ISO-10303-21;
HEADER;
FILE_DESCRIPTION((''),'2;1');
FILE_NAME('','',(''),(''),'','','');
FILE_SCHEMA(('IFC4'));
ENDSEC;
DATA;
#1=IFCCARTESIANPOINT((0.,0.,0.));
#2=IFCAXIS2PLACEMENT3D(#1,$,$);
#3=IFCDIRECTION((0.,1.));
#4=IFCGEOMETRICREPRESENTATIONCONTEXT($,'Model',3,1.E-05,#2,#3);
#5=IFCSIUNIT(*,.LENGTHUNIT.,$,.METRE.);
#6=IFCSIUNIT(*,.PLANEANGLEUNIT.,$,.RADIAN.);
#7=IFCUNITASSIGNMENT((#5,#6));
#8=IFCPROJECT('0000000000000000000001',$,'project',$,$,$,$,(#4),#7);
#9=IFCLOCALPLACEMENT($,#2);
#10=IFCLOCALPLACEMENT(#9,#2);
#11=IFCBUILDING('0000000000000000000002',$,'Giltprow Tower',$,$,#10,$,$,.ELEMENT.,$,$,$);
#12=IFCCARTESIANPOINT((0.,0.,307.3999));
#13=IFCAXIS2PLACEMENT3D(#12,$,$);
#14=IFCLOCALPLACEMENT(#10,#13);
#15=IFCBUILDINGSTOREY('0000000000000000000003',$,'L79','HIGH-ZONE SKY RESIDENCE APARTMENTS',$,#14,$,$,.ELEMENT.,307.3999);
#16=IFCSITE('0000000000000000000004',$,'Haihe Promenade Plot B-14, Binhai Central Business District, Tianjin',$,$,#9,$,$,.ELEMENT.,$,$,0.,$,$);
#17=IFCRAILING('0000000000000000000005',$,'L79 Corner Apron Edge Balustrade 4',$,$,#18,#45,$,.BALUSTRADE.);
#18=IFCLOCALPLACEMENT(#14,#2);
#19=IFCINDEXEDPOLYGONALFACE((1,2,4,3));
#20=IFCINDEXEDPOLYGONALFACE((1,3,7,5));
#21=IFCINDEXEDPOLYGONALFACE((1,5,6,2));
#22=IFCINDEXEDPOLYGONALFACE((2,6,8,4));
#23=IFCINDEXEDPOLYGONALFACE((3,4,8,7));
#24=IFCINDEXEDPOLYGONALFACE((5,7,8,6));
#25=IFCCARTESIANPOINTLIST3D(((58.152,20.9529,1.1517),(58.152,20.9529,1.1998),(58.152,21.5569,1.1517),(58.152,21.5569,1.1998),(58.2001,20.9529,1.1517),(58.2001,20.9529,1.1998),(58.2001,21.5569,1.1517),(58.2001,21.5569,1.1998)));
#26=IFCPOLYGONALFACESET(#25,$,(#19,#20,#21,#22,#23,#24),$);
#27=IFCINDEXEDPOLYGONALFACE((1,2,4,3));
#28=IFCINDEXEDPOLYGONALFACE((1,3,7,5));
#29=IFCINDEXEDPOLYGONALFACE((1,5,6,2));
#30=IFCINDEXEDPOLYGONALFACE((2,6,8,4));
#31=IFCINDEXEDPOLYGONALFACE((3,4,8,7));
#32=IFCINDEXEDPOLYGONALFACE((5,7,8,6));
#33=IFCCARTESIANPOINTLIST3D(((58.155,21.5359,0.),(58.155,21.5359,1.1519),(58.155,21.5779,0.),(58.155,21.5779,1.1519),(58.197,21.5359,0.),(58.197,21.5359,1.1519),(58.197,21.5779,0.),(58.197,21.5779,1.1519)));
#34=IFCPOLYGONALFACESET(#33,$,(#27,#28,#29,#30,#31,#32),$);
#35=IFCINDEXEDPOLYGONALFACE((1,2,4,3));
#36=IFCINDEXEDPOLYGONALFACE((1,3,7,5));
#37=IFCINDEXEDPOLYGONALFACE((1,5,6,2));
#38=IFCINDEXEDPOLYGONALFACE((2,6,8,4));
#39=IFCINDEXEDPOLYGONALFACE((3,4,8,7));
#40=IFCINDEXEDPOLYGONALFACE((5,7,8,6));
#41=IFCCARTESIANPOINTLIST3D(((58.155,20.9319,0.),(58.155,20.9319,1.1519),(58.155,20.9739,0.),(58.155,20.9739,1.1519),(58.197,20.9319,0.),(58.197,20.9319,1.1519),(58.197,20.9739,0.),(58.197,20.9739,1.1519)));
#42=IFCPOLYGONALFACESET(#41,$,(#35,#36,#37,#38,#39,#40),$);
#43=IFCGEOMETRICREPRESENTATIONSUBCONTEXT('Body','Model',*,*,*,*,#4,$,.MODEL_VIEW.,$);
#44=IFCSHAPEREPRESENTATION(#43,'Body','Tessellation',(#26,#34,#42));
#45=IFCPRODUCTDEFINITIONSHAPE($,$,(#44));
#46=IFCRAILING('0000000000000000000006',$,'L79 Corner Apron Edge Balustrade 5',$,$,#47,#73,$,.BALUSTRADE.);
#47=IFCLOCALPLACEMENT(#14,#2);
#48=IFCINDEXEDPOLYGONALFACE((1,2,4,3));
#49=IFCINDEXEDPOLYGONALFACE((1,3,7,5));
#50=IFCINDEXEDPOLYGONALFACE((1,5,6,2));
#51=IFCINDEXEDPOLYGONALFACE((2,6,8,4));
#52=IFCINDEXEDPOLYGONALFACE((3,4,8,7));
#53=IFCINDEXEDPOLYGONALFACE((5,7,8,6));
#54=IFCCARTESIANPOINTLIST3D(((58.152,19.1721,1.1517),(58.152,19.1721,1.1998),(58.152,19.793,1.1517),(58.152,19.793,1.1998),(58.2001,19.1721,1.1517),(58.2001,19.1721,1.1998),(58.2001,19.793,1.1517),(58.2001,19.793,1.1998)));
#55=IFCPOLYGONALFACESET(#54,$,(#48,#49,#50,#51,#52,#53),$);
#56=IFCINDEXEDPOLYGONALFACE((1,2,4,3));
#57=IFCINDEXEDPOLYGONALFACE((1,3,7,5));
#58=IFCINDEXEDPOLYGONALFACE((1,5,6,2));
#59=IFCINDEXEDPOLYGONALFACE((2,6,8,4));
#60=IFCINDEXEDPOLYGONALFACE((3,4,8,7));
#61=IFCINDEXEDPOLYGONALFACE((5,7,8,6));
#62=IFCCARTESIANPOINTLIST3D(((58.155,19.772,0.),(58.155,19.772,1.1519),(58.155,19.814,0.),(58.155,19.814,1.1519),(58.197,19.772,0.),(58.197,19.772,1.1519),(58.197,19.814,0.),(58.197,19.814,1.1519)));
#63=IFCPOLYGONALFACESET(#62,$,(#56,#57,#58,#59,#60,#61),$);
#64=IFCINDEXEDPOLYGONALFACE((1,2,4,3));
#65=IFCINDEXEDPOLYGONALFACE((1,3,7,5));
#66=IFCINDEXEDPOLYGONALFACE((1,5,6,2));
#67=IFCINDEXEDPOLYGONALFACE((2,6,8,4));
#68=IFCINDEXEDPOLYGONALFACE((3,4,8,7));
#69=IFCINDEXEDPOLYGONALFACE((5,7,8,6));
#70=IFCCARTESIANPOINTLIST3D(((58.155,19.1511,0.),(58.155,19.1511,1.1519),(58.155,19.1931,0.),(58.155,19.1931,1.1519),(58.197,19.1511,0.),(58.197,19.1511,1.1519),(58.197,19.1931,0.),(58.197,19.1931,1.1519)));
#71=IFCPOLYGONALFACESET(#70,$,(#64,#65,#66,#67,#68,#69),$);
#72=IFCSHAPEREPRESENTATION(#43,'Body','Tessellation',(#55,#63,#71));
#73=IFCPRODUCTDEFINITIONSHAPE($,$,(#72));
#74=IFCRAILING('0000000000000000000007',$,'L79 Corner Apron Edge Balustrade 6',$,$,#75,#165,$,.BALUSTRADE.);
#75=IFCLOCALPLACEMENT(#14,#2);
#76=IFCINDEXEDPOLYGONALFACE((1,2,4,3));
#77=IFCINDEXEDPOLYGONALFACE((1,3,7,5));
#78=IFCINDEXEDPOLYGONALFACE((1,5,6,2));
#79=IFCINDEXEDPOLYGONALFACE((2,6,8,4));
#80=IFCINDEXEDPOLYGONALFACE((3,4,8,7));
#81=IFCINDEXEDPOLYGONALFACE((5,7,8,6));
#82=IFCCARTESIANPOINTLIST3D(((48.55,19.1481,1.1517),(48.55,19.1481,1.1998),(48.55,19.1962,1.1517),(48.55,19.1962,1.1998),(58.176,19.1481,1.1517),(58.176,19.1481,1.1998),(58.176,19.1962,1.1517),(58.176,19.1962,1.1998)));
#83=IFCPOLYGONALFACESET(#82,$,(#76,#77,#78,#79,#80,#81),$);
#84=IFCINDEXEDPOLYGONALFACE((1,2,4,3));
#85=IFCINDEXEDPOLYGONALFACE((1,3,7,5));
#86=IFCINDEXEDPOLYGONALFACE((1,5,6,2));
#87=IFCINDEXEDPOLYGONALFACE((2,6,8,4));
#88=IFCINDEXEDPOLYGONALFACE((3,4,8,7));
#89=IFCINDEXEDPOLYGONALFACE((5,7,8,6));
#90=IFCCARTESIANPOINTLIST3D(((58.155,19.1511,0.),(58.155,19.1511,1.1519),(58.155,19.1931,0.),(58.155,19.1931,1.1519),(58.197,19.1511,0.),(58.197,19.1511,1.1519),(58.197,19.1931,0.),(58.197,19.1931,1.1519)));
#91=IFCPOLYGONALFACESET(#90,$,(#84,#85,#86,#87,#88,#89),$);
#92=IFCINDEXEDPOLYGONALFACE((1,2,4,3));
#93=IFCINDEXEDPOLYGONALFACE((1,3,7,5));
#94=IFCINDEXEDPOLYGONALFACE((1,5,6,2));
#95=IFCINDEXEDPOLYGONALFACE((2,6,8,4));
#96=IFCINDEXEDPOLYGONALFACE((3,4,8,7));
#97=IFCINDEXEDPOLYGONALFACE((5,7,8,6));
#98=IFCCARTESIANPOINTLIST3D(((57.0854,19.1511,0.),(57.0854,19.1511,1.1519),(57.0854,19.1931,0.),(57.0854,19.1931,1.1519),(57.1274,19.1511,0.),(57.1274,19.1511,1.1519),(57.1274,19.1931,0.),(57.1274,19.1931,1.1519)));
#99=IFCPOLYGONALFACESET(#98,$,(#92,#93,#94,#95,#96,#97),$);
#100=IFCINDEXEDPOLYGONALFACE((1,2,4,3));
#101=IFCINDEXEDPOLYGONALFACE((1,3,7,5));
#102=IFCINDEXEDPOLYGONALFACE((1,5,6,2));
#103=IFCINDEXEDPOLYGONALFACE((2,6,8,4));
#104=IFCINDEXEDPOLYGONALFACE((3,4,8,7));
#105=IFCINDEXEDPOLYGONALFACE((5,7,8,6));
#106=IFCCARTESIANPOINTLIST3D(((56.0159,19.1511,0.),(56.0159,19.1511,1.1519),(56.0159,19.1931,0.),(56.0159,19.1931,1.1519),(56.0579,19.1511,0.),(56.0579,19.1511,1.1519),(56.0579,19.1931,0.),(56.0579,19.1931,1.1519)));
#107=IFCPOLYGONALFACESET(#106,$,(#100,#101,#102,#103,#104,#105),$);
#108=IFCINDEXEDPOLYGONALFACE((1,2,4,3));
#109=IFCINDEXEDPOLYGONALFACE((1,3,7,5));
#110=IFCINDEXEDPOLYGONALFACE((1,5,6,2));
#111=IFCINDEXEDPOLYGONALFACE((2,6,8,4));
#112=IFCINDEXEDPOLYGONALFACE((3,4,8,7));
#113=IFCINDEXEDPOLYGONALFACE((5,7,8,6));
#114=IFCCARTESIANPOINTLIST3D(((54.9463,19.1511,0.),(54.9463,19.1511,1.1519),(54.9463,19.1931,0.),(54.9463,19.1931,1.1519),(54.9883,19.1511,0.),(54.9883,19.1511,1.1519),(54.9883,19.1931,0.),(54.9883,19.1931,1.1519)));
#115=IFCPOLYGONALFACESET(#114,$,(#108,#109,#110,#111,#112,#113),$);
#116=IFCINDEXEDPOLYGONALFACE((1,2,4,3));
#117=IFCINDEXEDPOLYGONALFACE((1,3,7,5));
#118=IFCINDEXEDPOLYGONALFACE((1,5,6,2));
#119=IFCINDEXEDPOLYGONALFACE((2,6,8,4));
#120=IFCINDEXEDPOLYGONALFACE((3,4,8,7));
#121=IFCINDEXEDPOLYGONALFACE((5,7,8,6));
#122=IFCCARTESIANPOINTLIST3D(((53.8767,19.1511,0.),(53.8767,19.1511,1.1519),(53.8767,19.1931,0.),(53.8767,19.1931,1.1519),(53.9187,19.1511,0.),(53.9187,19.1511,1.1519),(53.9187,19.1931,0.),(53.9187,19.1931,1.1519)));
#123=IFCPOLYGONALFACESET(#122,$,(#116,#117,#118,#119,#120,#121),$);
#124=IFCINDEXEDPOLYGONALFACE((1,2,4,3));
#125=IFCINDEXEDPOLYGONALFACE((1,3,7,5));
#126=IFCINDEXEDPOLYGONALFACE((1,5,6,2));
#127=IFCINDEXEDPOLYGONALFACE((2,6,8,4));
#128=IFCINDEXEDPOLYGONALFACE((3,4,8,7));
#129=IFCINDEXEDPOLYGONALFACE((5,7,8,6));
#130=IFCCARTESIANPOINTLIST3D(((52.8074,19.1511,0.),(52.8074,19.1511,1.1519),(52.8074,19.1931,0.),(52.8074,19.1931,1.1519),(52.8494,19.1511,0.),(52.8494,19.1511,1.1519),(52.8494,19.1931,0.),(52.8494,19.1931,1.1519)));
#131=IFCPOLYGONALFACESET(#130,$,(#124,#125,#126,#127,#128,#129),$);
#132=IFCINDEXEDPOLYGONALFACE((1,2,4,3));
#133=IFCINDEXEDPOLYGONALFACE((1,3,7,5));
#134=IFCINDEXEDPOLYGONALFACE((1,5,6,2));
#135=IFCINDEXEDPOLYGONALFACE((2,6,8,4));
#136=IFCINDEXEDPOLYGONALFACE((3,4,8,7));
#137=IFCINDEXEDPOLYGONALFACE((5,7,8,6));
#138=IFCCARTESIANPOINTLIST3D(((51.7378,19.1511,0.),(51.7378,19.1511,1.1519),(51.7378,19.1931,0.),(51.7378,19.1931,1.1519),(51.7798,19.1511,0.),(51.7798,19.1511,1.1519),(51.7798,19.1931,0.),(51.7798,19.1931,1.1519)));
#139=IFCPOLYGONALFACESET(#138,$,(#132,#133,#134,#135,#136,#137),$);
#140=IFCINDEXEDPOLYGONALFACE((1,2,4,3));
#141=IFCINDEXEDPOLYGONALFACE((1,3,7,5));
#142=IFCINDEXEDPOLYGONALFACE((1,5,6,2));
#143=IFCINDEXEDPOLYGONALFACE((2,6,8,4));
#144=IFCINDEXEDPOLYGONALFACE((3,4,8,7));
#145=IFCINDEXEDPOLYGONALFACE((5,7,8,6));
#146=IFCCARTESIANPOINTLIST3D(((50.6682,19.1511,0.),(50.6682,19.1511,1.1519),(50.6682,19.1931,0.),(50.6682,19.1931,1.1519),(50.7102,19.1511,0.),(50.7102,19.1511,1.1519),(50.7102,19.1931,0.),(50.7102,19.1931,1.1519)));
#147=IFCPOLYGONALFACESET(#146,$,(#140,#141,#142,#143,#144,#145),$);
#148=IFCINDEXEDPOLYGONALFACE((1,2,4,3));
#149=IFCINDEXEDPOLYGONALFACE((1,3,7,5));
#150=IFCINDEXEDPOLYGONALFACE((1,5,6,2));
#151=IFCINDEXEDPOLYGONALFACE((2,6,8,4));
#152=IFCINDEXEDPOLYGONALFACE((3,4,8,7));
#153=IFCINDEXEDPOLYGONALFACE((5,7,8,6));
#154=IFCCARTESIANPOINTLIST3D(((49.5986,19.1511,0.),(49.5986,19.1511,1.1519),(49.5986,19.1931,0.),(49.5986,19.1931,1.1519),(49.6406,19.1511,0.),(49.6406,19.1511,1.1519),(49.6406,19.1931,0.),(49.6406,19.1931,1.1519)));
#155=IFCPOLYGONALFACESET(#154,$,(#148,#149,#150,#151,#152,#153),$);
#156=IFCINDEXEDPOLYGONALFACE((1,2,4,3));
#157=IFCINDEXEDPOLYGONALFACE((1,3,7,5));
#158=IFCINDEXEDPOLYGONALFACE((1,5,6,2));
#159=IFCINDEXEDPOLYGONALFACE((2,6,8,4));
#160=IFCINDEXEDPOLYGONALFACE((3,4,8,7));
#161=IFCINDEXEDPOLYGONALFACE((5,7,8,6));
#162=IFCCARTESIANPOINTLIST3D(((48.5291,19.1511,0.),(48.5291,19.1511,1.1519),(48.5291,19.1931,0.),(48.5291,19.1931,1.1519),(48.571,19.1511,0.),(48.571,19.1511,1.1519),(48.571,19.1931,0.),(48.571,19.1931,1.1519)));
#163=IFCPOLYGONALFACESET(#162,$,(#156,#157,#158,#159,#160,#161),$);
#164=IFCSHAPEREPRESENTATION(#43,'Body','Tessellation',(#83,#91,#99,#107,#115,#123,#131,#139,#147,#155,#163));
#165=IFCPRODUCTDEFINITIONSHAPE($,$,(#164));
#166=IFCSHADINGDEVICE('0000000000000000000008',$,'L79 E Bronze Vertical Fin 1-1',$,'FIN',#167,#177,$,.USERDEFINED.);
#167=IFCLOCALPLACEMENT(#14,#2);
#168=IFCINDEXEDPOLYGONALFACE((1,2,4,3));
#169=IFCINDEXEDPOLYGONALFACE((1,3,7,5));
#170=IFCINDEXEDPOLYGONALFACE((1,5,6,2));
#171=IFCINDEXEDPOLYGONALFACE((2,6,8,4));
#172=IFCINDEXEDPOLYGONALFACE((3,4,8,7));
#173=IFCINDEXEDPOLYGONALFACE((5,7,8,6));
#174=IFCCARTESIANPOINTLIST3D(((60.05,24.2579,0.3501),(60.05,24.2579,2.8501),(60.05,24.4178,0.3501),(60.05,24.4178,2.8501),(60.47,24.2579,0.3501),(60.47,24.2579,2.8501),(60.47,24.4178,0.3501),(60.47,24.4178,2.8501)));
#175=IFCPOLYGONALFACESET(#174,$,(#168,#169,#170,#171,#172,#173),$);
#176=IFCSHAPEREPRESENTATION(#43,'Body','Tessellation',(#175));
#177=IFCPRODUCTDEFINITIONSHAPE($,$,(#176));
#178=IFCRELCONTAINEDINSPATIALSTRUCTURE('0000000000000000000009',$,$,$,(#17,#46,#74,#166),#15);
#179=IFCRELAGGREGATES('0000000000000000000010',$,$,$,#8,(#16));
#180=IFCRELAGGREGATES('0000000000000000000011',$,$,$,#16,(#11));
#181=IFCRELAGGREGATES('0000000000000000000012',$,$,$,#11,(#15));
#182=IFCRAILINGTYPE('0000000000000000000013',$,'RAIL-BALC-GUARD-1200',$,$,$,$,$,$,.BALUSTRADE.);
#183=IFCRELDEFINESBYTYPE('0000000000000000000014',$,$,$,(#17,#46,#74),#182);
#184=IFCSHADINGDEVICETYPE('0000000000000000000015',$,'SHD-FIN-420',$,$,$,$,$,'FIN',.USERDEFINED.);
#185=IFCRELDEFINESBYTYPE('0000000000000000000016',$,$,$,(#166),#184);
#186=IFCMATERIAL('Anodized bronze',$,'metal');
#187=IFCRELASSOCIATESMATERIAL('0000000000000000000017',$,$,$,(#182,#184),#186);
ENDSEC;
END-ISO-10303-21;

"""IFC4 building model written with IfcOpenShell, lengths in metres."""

from ifc_helpers import new_model, si_unit, direction, frame, origin, origin_2d, place, context, subcontext, project, spatial, rectangle, extrude, source, transform, mapped, material, type_object, element, save


model = new_model("IFC4")

# Units and contexts
model_context = context("Model", 3, precision=1e-05, world=origin(), true_north=direction((0.0, 1.0)))
body_context = subcontext(model_context, "Body", "Model", "MODEL_VIEW")
ifc_project = project(units=[si_unit("LENGTHUNIT", "METRE"), si_unit("PLANEANGLEUNIT", "RADIAN")], contexts=[model_context])

# Site, building, storey
site_placement = place(None, origin())
site = spatial("IfcSite", under=ifc_project, at=site_placement, Name="Haihe Promenade Plot B-14, Binhai Central Business District, Tianjin", CompositionType="ELEMENT", RefElevation=0.0)
building_placement = place(site_placement, origin())
building = spatial("IfcBuilding", under=site, at=building_placement, Name="Giltprow Tower", CompositionType="ELEMENT")
storey_placement = place(building_placement, frame((0.0, 0.0, 307.3999)))
storey = spatial("IfcBuildingStorey", under=building, at=storey_placement, Name="L79", Description="HIGH-ZONE SKY RESIDENCE APARTMENTS", CompositionType="ELEMENT", Elevation=307.3999)

# Shared definitions
ifc_material_1 = material(Name="Anodized bronze", Category="metal")

# Railings
railing_type = type_object("IfcRailingType", Name="RAIL-BALC-GUARD-1200", PredefinedType="BALUSTRADE", material=ifc_material_1)
railing_1_placement = place(storey_placement, frame((58.176, 21.5569, 0.0)))
element("IfcRailing", 1, at=railing_1_placement, inside=storey, type_object=railing_type, Name="L79 Corner Apron Edge Balustrade 4", PredefinedType="BALUSTRADE", context=body_context, shape_type="SweptSolid", body=[
    extrude(rectangle(XDim=0.0481, YDim=0.0481, at=origin_2d()), frame((0.0, 0.0, 1.1758), z_axis=(0.0, -1.0, 0.0), x_axis=(1.0, 0.0, 0.0)), (0.0, 0.0, 1.0), 0.604),
    extrude(rectangle(XDim=0.042, YDim=0.042, at=origin_2d()), origin(), (0.0, 0.0, 1.0), 1.1519),
    extrude(rectangle(XDim=0.042, YDim=0.042, at=origin_2d()), frame((0.0, -0.604, 0.0)), (0.0, 0.0, 1.0), 1.1519),
])
railing_2_placement = place(storey_placement, frame((58.176, 19.793, 0.0)))
element("IfcRailing", 2, at=railing_2_placement, inside=storey, type_object=railing_type, Name="L79 Corner Apron Edge Balustrade 5", PredefinedType="BALUSTRADE", context=body_context, shape_type="SweptSolid", body=[
    extrude(rectangle(XDim=0.0481, YDim=0.0481, at=origin_2d()), frame((0.0, 0.0, 1.1758), z_axis=(0.0, -1.0, 0.0), x_axis=(1.0, 0.0, 0.0)), (0.0, 0.0, 1.0), 0.6208),
    extrude(rectangle(XDim=0.042, YDim=0.042, at=origin_2d()), origin(), (0.0, 0.0, 1.0), 1.1519),
    extrude(rectangle(XDim=0.042, YDim=0.042, at=origin_2d()), frame((0.0, -0.6208, 0.0)), (0.0, 0.0, 1.0), 1.1519),
])
railing_3_placement = place(storey_placement, frame((58.176, 19.1721, 0.0)))
element("IfcRailing", 3, at=railing_3_placement, inside=storey, type_object=railing_type, Name="L79 Corner Apron Edge Balustrade 6", PredefinedType="BALUSTRADE", context=body_context, shape_type="SweptSolid", body=[
    extrude(rectangle(XDim=0.0481, YDim=0.0481, at=origin_2d()), frame((0.0, 0.0, 1.1758), z_axis=(-1.0, 0.0, 0.0), x_axis=(0.0, -1.0, 0.0)), (0.0, 0.0, 1.0), 9.626),
    extrude(rectangle(XDim=0.042, YDim=0.042, at=origin_2d()), origin(), (0.0, 0.0, 1.0), 1.1519),
    extrude(rectangle(XDim=0.042, YDim=0.042, at=origin_2d()), frame((-1.0696, 0.0, 0.0)), (0.0, 0.0, 1.0), 1.1519),
    extrude(rectangle(XDim=0.042, YDim=0.042, at=origin_2d()), frame((-2.1392, 0.0, 0.0)), (0.0, 0.0, 1.0), 1.1519),
    extrude(rectangle(XDim=0.042, YDim=0.042, at=origin_2d()), frame((-3.2087, 0.0, 0.0)), (0.0, 0.0, 1.0), 1.1519),
    extrude(rectangle(XDim=0.042, YDim=0.042, at=origin_2d()), frame((-4.2783, 0.0, 0.0)), (0.0, 0.0, 1.0), 1.1519),
    extrude(rectangle(XDim=0.042, YDim=0.042, at=origin_2d()), frame((-5.3477, 0.0, 0.0)), (0.0, 0.0, 1.0), 1.1519),
    extrude(rectangle(XDim=0.042, YDim=0.042, at=origin_2d()), frame((-6.4172, 0.0, 0.0)), (0.0, 0.0, 1.0), 1.1519),
    extrude(rectangle(XDim=0.042, YDim=0.042, at=origin_2d()), frame((-7.4868, 0.0, 0.0)), (0.0, 0.0, 1.0), 1.1519),
    extrude(rectangle(XDim=0.042, YDim=0.042, at=origin_2d()), frame((-8.5564, 0.0, 0.0)), (0.0, 0.0, 1.0), 1.1519),
    extrude(rectangle(XDim=0.042, YDim=0.042, at=origin_2d()), frame((-9.626, 0.0, 0.0)), (0.0, 0.0, 1.0), 1.1519),
])

# Shading device
shading_device_type = type_object("IfcShadingDeviceType", Name="SHD-FIN-420", ElementType="FIN", PredefinedType="USERDEFINED", material=ifc_material_1)
shared_shape_1 = source(origin(), body_context, "Body", "SweptSolid", [
    extrude(rectangle(XDim=0.4199, YDim=0.1599, at=origin_2d()), origin(), (0.0, 0.0, 1.0), 2.5),
])
shading_device_placement = place(storey_placement, frame((60.26, 24.3379, 0.3501), z_axis=(0.0, 0.0, 1.0), x_axis=(1.0, 0.0, 0.0)))
element("IfcShadingDevice", 4, at=shading_device_placement, inside=storey, type_object=shading_device_type, Name="L79 E Bronze Vertical Fin 1-1", ObjectType="FIN", PredefinedType="USERDEFINED", context=body_context, shape_type="MappedRepresentation", body=[
    mapped(shared_shape_1, transform((0.0, 0.0, 0.0), x_axis=(1.0, 0.0, 0.0), y_axis=(0.0, 1.0, 0.0), z_axis=(0.0, 0.0, 1.0), scale=1.0)),
])

save(model, "model.ifc")
